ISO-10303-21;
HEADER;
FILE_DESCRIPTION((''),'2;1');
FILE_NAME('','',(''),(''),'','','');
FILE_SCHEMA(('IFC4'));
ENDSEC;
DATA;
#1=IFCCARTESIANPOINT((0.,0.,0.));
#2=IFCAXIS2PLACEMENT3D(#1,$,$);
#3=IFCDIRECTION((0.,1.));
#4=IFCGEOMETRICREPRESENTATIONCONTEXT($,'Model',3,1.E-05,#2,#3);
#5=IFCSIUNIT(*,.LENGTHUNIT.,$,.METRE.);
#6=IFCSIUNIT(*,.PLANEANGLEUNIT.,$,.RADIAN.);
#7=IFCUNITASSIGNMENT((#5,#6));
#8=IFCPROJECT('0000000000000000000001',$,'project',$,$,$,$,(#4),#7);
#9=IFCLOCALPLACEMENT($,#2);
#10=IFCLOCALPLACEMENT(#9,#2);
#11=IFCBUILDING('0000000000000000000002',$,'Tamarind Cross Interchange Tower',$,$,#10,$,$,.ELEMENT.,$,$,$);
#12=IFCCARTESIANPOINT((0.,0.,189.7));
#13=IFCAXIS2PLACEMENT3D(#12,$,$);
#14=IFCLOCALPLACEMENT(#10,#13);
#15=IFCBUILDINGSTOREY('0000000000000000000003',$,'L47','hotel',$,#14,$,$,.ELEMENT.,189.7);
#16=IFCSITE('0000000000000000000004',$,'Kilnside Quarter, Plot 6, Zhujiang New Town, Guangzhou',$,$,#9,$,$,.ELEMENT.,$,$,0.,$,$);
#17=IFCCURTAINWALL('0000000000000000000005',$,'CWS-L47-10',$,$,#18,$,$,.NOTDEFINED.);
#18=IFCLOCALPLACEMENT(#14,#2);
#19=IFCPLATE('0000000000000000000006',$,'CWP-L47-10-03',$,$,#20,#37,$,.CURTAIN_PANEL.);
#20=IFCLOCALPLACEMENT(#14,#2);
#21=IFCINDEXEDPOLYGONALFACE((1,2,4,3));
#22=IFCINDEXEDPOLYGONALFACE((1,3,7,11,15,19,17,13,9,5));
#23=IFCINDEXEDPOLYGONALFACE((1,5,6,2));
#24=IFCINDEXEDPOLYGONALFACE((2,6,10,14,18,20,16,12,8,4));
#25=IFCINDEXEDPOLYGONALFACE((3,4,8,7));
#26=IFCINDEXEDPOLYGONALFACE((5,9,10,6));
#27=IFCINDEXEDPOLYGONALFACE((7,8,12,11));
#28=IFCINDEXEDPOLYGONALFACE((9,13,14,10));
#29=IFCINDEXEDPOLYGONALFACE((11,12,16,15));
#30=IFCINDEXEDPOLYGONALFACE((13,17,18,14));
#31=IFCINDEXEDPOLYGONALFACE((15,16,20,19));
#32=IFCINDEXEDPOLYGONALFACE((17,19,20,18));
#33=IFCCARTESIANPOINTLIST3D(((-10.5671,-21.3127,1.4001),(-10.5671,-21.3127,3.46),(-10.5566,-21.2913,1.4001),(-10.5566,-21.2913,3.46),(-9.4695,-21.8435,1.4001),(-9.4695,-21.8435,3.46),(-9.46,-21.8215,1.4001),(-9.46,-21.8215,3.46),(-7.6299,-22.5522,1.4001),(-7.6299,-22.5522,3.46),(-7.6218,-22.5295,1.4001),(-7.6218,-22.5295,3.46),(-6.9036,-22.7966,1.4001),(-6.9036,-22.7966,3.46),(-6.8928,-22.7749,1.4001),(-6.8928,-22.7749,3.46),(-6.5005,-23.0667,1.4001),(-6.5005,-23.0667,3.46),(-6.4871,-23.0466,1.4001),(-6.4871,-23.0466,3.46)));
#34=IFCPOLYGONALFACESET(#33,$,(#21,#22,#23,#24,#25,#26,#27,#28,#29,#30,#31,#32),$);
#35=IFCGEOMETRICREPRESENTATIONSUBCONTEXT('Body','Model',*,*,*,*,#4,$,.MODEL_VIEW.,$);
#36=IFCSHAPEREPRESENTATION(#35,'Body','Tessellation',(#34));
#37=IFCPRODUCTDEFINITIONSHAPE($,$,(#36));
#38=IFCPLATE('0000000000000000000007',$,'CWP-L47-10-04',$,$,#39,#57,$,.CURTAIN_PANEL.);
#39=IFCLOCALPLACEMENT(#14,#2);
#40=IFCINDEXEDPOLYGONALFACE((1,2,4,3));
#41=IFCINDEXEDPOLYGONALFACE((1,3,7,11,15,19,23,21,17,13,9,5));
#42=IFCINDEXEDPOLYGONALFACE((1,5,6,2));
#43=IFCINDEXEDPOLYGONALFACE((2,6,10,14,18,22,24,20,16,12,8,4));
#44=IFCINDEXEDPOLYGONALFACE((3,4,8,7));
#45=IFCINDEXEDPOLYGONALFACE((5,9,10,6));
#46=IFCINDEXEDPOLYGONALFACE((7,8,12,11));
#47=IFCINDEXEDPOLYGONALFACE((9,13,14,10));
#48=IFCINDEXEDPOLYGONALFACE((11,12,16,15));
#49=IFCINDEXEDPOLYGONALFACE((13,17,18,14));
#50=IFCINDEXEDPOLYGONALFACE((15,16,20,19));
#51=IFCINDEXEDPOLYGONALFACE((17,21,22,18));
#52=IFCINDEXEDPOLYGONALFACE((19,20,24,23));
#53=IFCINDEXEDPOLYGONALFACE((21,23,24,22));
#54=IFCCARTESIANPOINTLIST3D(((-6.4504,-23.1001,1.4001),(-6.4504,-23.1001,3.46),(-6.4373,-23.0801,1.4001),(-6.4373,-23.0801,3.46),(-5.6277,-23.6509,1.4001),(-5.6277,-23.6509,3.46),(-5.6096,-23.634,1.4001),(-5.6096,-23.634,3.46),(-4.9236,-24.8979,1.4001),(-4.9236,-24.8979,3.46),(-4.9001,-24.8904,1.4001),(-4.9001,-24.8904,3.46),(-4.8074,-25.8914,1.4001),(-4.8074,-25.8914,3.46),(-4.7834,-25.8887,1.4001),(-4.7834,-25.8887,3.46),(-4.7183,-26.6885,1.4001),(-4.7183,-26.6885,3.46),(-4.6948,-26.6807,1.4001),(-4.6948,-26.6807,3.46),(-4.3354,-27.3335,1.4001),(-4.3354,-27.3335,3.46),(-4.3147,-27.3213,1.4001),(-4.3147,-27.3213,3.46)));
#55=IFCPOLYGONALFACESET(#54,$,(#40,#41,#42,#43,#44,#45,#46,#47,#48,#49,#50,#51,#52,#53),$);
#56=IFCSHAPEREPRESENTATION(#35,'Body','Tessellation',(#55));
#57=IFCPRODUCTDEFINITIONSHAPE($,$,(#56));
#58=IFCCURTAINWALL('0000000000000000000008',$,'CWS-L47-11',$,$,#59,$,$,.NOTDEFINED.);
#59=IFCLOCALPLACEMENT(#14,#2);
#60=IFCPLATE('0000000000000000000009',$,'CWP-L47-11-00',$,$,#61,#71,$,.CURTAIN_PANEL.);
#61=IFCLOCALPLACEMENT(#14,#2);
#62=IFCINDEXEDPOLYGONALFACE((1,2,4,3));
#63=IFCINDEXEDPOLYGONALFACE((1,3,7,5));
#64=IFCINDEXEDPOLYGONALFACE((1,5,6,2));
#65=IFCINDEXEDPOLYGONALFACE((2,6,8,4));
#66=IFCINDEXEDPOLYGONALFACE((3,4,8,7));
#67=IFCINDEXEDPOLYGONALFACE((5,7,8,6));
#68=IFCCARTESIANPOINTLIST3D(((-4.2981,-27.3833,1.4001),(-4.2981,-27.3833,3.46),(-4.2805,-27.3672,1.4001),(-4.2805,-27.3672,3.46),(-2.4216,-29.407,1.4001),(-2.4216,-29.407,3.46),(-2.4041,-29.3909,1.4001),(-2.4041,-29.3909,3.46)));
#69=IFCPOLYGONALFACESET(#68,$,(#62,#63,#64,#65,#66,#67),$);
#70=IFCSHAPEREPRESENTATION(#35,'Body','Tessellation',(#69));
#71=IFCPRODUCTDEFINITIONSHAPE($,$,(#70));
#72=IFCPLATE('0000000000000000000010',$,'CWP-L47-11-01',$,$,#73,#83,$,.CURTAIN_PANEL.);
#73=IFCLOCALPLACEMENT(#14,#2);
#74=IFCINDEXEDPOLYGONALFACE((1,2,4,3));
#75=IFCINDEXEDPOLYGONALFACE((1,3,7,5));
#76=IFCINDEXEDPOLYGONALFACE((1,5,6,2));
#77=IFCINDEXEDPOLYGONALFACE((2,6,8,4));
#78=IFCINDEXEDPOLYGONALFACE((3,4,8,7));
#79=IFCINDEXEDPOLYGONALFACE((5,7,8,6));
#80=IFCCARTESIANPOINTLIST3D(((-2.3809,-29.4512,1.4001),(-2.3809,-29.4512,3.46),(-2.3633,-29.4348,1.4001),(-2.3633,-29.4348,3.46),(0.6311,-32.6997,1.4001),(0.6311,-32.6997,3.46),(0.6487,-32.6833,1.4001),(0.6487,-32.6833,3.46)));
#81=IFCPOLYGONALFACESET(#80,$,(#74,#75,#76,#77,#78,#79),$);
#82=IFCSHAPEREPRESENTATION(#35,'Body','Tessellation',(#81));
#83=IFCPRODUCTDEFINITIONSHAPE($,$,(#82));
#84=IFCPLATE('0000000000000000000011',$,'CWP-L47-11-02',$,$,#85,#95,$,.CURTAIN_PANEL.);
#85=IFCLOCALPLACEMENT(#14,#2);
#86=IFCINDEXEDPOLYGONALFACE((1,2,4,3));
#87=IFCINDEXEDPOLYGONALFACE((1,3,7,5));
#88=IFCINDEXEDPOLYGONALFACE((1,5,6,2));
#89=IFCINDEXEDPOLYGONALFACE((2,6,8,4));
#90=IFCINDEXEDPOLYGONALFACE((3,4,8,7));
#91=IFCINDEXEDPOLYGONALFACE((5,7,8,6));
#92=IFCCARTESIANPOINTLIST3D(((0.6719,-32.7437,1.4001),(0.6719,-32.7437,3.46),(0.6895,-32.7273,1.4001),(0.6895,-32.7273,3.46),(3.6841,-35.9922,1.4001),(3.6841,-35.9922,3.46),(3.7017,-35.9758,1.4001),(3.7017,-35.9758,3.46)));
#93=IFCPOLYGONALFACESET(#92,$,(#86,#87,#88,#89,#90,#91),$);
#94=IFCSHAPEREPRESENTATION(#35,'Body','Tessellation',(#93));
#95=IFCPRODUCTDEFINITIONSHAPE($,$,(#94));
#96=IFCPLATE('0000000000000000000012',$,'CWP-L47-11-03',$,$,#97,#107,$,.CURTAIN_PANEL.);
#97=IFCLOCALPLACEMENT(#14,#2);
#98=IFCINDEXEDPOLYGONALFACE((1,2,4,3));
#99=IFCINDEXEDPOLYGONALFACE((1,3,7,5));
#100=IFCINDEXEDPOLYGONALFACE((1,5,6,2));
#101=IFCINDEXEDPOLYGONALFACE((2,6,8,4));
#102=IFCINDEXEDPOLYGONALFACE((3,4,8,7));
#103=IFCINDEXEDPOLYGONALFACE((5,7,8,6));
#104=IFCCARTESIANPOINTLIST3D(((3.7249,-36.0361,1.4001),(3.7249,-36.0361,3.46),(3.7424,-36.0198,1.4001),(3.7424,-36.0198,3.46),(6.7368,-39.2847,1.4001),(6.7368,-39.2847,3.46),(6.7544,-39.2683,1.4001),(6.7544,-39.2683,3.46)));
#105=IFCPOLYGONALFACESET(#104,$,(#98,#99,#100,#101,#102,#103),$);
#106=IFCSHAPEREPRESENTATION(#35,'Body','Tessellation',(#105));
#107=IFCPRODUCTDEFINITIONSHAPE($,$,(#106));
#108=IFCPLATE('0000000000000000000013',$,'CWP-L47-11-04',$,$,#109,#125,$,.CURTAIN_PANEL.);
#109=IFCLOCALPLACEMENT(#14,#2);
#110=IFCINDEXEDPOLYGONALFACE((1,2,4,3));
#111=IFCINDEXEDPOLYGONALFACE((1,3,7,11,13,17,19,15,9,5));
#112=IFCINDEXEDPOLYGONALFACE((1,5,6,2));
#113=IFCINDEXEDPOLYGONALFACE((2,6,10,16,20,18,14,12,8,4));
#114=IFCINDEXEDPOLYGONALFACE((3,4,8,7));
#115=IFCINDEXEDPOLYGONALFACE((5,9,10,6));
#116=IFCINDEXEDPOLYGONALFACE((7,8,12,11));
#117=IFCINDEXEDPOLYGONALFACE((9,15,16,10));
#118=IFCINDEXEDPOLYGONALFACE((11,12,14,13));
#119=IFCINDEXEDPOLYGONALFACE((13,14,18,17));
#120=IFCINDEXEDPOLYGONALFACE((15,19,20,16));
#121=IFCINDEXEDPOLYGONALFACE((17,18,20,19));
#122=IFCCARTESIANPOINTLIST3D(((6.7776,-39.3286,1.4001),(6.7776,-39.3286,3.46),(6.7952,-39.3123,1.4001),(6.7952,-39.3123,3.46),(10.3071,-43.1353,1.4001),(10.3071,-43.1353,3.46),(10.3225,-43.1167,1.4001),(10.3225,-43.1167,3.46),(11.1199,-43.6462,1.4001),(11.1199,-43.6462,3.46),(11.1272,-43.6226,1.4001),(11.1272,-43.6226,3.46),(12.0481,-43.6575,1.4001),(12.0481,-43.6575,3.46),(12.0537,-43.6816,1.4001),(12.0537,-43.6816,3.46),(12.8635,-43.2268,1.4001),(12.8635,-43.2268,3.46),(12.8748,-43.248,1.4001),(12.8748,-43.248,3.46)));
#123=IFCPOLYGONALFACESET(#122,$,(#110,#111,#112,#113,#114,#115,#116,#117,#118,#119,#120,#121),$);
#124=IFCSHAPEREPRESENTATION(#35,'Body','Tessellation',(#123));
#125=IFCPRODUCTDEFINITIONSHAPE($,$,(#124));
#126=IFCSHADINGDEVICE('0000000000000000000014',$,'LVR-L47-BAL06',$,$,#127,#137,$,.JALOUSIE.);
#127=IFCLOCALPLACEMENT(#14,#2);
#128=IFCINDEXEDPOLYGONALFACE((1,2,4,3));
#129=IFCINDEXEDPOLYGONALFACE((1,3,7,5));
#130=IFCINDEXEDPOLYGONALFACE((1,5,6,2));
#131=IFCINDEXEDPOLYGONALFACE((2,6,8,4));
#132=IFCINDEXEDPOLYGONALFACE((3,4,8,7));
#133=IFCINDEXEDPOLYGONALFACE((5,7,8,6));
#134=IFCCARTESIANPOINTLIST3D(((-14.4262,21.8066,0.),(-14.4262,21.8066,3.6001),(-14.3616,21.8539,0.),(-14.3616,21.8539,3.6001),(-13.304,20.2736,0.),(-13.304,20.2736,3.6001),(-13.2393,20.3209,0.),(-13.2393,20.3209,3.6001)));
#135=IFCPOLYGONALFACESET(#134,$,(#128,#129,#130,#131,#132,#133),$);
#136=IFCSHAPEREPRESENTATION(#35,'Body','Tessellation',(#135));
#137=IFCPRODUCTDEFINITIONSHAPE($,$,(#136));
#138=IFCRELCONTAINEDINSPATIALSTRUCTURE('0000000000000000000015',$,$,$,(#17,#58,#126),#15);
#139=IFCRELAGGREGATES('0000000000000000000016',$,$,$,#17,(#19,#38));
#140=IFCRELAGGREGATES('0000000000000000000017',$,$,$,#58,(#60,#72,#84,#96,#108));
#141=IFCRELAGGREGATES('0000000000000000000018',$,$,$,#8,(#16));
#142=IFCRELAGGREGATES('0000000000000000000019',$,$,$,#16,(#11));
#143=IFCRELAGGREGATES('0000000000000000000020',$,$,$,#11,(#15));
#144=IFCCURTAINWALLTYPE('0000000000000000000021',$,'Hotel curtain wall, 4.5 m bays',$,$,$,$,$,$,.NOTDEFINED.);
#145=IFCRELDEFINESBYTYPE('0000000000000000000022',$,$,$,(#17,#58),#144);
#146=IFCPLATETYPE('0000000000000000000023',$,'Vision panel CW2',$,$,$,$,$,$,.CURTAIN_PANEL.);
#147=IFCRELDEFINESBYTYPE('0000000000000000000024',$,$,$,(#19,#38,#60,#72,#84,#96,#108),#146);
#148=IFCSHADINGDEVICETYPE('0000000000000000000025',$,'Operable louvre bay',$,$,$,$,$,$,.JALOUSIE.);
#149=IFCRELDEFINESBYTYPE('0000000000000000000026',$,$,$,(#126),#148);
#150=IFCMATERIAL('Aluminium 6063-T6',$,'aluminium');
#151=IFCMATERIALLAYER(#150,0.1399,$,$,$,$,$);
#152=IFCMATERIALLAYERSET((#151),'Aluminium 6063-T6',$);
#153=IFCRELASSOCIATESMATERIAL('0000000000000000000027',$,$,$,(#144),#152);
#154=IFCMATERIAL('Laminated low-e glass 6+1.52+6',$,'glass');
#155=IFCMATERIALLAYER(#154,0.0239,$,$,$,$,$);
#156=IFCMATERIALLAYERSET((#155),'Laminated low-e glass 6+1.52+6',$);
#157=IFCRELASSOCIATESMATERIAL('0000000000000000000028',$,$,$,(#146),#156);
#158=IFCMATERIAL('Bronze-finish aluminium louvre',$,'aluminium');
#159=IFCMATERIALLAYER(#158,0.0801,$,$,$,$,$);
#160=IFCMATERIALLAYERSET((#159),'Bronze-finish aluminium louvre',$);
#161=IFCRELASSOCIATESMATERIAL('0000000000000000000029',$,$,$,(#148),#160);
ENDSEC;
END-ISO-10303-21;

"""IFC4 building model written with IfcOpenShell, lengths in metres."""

from ifc_helpers import new_model, si_unit, direction, frame, origin, origin_2d, place, context, subcontext, project, spatial, polyline, rectangle, outline, extrude, material, layer, layer_set, type_object, element, aggregate, save


model = new_model("IFC4")

# Units and contexts
model_context = context("Model", 3, precision=1e-05, world=origin(), true_north=direction((0.0, 1.0)))
body_context = subcontext(model_context, "Body", "Model", "MODEL_VIEW")
ifc_project = project(units=[si_unit("LENGTHUNIT", "METRE"), si_unit("PLANEANGLEUNIT", "RADIAN")], contexts=[model_context])

# Site, building, storey
site_placement = place(None, origin())
site = spatial("IfcSite", under=ifc_project, at=site_placement, Name="Kilnside Quarter, Plot 6, Zhujiang New Town, Guangzhou", CompositionType="ELEMENT", RefElevation=0.0)
building_placement = place(site_placement, origin())
building = spatial("IfcBuilding", under=site, at=building_placement, Name="Tamarind Cross Interchange Tower", CompositionType="ELEMENT")
storey_placement = place(building_placement, frame((0.0, 0.0, 189.7)))
storey = spatial("IfcBuildingStorey", under=building, at=storey_placement, Name="L47", Description="hotel", CompositionType="ELEMENT", Elevation=189.7)

# Curtain walls, plates
ifc_material_1 = material(Name="Aluminium 6063-T6", Category="aluminium")
ifc_layer_1 = layer(ifc_material_1, 0.1399)
ifc_layer_set_1 = layer_set([ifc_layer_1], Name="Aluminium 6063-T6")
curtain_wall_type = type_object("IfcCurtainWallType", Name="Hotel curtain wall, 4.5 m bays", PredefinedType="NOTDEFINED", material=ifc_layer_set_1)
ifc_material_2 = material(Name="Laminated low-e glass 6+1.52+6", Category="glass")
ifc_layer_2 = layer(ifc_material_2, 0.0239)
ifc_layer_set_2 = layer_set([ifc_layer_2], Name="Laminated low-e glass 6+1.52+6")
plate_type = type_object("IfcPlateType", Name="Vision panel CW2", PredefinedType="CURTAIN_PANEL", material=ifc_layer_set_2)
curtain_wall_1_placement = place(storey_placement, origin())
curtain_wall_1 = element("IfcCurtainWall", 1, at=curtain_wall_1_placement, inside=storey, type_object=curtain_wall_type, Name="CWS-L47-10", PredefinedType="NOTDEFINED")
plate_1_placement = place(storey_placement, frame((0.0, 0.0, 1.4001)))
plate_1 = element("IfcPlate", 2, at=plate_1_placement, type_object=plate_type, Name="CWP-L47-10-03", PredefinedType="CURTAIN_PANEL", context=body_context, shape_type="SweptSolid", body=[
    extrude(outline(polyline([(-10.5566, -21.2913), (-9.46, -21.8215), (-7.6218, -22.5295), (-6.8928, -22.7749), (-6.4871, -23.0466), (-6.5005, -23.0667), (-6.9036, -22.7966), (-7.6299, -22.5522), (-9.4695, -21.8435), (-10.5671, -21.3127), (-10.5566, -21.2913)])), origin(), (0.0, 0.0, 1.0), 2.0598),
])
plate_2_placement = place(storey_placement, frame((0.0, 0.0, 1.4001)))
plate_2 = element("IfcPlate", 3, at=plate_2_placement, type_object=plate_type, Name="CWP-L47-10-04", PredefinedType="CURTAIN_PANEL", context=body_context, shape_type="SweptSolid", body=[
    extrude(outline(polyline([(-6.4373, -23.0801), (-5.6096, -23.634), (-4.9001, -24.8904), (-4.7834, -25.8887), (-4.6948, -26.6807), (-4.3147, -27.3213), (-4.3354, -27.3335), (-4.7183, -26.6885), (-4.8074, -25.8914), (-4.9236, -24.8979), (-5.6277, -23.6509), (-6.4504, -23.1001), (-6.4373, -23.0801)])), origin(), (0.0, 0.0, 1.0), 2.0598),
])
aggregate(curtain_wall_1, [plate_1, plate_2])
curtain_wall_2_placement = place(storey_placement, origin())
curtain_wall_2 = element("IfcCurtainWall", 4, at=curtain_wall_2_placement, inside=storey, type_object=curtain_wall_type, Name="CWS-L47-11", PredefinedType="NOTDEFINED")
plate_3_placement = place(storey_placement, frame((0.0, 0.0, 1.4001)))
plate_3 = element("IfcPlate", 5, at=plate_3_placement, type_object=plate_type, Name="CWP-L47-11-00", PredefinedType="CURTAIN_PANEL", context=body_context, shape_type="SweptSolid", body=[
    extrude(outline(polyline([(-4.2805, -27.3672), (-2.4041, -29.3909), (-2.4216, -29.407), (-4.2981, -27.3833), (-4.2805, -27.3672)])), origin(), (0.0, 0.0, 1.0), 2.0598),
])
plate_4_placement = place(storey_placement, frame((0.0, 0.0, 1.4001)))
plate_4 = element("IfcPlate", 6, at=plate_4_placement, type_object=plate_type, Name="CWP-L47-11-01", PredefinedType="CURTAIN_PANEL", context=body_context, shape_type="SweptSolid", body=[
    extrude(outline(polyline([(-2.3633, -29.4348), (0.6487, -32.6833), (0.6311, -32.6997), (-2.3809, -29.4512), (-2.3633, -29.4348)])), origin(), (0.0, 0.0, 1.0), 2.0598),
])
plate_5_placement = place(storey_placement, frame((0.0, 0.0, 1.4001)))
plate_5 = element("IfcPlate", 7, at=plate_5_placement, type_object=plate_type, Name="CWP-L47-11-02", PredefinedType="CURTAIN_PANEL", context=body_context, shape_type="SweptSolid", body=[
    extrude(outline(polyline([(0.6895, -32.7273), (3.7017, -35.9758), (3.6841, -35.9922), (0.6719, -32.7437), (0.6895, -32.7273)])), origin(), (0.0, 0.0, 1.0), 2.0598),
])
plate_6_placement = place(storey_placement, frame((0.0, 0.0, 1.4001)))
plate_6 = element("IfcPlate", 8, at=plate_6_placement, type_object=plate_type, Name="CWP-L47-11-03", PredefinedType="CURTAIN_PANEL", context=body_context, shape_type="SweptSolid", body=[
    extrude(outline(polyline([(3.7424, -36.0198), (6.7544, -39.2683), (6.7368, -39.2847), (3.7249, -36.0361), (3.7424, -36.0198)])), origin(), (0.0, 0.0, 1.0), 2.0598),
])
plate_7_placement = place(storey_placement, frame((0.0, 0.0, 1.4001)))
plate_7 = element("IfcPlate", 9, at=plate_7_placement, type_object=plate_type, Name="CWP-L47-11-04", PredefinedType="CURTAIN_PANEL", context=body_context, shape_type="SweptSolid", body=[
    extrude(outline(polyline([(6.7952, -39.3123), (10.3225, -43.1167), (11.1272, -43.6226), (12.0481, -43.6575), (12.8635, -43.2268), (12.8748, -43.248), (12.0537, -43.6816), (11.1199, -43.6462), (10.3071, -43.1353), (6.7776, -39.3286), (6.7952, -39.3123)])), origin(), (0.0, 0.0, 1.0), 2.0598),
])
aggregate(curtain_wall_2, [plate_3, plate_4, plate_5, plate_6, plate_7])

# Shading device
ifc_material_3 = material(Name="Bronze-finish aluminium louvre", Category="aluminium")
ifc_layer_3 = layer(ifc_material_3, 0.0801)
ifc_layer_set_3 = layer_set([ifc_layer_3], Name="Bronze-finish aluminium louvre")
shading_device_type = type_object("IfcShadingDeviceType", Name="Operable louvre bay", PredefinedType="JALOUSIE", material=ifc_layer_set_3)
shading_device_placement = place(storey_placement, origin())
element("IfcShadingDevice", 10, at=shading_device_placement, inside=storey, type_object=shading_device_type, Name="LVR-L47-BAL06", PredefinedType="JALOUSIE", context=body_context, shape_type="SweptSolid", body=[
    extrude(rectangle(XDim=1.8999, YDim=0.0801, at=origin_2d()), frame((-13.8328, 21.0637, 0.0), z_axis=(0.0, 0.0, 1.0), x_axis=(-0.590684, 0.806903, 0.0)), (0.0, 0.0, 1.0), 3.6001),
])

save(model, "model.ifc")
